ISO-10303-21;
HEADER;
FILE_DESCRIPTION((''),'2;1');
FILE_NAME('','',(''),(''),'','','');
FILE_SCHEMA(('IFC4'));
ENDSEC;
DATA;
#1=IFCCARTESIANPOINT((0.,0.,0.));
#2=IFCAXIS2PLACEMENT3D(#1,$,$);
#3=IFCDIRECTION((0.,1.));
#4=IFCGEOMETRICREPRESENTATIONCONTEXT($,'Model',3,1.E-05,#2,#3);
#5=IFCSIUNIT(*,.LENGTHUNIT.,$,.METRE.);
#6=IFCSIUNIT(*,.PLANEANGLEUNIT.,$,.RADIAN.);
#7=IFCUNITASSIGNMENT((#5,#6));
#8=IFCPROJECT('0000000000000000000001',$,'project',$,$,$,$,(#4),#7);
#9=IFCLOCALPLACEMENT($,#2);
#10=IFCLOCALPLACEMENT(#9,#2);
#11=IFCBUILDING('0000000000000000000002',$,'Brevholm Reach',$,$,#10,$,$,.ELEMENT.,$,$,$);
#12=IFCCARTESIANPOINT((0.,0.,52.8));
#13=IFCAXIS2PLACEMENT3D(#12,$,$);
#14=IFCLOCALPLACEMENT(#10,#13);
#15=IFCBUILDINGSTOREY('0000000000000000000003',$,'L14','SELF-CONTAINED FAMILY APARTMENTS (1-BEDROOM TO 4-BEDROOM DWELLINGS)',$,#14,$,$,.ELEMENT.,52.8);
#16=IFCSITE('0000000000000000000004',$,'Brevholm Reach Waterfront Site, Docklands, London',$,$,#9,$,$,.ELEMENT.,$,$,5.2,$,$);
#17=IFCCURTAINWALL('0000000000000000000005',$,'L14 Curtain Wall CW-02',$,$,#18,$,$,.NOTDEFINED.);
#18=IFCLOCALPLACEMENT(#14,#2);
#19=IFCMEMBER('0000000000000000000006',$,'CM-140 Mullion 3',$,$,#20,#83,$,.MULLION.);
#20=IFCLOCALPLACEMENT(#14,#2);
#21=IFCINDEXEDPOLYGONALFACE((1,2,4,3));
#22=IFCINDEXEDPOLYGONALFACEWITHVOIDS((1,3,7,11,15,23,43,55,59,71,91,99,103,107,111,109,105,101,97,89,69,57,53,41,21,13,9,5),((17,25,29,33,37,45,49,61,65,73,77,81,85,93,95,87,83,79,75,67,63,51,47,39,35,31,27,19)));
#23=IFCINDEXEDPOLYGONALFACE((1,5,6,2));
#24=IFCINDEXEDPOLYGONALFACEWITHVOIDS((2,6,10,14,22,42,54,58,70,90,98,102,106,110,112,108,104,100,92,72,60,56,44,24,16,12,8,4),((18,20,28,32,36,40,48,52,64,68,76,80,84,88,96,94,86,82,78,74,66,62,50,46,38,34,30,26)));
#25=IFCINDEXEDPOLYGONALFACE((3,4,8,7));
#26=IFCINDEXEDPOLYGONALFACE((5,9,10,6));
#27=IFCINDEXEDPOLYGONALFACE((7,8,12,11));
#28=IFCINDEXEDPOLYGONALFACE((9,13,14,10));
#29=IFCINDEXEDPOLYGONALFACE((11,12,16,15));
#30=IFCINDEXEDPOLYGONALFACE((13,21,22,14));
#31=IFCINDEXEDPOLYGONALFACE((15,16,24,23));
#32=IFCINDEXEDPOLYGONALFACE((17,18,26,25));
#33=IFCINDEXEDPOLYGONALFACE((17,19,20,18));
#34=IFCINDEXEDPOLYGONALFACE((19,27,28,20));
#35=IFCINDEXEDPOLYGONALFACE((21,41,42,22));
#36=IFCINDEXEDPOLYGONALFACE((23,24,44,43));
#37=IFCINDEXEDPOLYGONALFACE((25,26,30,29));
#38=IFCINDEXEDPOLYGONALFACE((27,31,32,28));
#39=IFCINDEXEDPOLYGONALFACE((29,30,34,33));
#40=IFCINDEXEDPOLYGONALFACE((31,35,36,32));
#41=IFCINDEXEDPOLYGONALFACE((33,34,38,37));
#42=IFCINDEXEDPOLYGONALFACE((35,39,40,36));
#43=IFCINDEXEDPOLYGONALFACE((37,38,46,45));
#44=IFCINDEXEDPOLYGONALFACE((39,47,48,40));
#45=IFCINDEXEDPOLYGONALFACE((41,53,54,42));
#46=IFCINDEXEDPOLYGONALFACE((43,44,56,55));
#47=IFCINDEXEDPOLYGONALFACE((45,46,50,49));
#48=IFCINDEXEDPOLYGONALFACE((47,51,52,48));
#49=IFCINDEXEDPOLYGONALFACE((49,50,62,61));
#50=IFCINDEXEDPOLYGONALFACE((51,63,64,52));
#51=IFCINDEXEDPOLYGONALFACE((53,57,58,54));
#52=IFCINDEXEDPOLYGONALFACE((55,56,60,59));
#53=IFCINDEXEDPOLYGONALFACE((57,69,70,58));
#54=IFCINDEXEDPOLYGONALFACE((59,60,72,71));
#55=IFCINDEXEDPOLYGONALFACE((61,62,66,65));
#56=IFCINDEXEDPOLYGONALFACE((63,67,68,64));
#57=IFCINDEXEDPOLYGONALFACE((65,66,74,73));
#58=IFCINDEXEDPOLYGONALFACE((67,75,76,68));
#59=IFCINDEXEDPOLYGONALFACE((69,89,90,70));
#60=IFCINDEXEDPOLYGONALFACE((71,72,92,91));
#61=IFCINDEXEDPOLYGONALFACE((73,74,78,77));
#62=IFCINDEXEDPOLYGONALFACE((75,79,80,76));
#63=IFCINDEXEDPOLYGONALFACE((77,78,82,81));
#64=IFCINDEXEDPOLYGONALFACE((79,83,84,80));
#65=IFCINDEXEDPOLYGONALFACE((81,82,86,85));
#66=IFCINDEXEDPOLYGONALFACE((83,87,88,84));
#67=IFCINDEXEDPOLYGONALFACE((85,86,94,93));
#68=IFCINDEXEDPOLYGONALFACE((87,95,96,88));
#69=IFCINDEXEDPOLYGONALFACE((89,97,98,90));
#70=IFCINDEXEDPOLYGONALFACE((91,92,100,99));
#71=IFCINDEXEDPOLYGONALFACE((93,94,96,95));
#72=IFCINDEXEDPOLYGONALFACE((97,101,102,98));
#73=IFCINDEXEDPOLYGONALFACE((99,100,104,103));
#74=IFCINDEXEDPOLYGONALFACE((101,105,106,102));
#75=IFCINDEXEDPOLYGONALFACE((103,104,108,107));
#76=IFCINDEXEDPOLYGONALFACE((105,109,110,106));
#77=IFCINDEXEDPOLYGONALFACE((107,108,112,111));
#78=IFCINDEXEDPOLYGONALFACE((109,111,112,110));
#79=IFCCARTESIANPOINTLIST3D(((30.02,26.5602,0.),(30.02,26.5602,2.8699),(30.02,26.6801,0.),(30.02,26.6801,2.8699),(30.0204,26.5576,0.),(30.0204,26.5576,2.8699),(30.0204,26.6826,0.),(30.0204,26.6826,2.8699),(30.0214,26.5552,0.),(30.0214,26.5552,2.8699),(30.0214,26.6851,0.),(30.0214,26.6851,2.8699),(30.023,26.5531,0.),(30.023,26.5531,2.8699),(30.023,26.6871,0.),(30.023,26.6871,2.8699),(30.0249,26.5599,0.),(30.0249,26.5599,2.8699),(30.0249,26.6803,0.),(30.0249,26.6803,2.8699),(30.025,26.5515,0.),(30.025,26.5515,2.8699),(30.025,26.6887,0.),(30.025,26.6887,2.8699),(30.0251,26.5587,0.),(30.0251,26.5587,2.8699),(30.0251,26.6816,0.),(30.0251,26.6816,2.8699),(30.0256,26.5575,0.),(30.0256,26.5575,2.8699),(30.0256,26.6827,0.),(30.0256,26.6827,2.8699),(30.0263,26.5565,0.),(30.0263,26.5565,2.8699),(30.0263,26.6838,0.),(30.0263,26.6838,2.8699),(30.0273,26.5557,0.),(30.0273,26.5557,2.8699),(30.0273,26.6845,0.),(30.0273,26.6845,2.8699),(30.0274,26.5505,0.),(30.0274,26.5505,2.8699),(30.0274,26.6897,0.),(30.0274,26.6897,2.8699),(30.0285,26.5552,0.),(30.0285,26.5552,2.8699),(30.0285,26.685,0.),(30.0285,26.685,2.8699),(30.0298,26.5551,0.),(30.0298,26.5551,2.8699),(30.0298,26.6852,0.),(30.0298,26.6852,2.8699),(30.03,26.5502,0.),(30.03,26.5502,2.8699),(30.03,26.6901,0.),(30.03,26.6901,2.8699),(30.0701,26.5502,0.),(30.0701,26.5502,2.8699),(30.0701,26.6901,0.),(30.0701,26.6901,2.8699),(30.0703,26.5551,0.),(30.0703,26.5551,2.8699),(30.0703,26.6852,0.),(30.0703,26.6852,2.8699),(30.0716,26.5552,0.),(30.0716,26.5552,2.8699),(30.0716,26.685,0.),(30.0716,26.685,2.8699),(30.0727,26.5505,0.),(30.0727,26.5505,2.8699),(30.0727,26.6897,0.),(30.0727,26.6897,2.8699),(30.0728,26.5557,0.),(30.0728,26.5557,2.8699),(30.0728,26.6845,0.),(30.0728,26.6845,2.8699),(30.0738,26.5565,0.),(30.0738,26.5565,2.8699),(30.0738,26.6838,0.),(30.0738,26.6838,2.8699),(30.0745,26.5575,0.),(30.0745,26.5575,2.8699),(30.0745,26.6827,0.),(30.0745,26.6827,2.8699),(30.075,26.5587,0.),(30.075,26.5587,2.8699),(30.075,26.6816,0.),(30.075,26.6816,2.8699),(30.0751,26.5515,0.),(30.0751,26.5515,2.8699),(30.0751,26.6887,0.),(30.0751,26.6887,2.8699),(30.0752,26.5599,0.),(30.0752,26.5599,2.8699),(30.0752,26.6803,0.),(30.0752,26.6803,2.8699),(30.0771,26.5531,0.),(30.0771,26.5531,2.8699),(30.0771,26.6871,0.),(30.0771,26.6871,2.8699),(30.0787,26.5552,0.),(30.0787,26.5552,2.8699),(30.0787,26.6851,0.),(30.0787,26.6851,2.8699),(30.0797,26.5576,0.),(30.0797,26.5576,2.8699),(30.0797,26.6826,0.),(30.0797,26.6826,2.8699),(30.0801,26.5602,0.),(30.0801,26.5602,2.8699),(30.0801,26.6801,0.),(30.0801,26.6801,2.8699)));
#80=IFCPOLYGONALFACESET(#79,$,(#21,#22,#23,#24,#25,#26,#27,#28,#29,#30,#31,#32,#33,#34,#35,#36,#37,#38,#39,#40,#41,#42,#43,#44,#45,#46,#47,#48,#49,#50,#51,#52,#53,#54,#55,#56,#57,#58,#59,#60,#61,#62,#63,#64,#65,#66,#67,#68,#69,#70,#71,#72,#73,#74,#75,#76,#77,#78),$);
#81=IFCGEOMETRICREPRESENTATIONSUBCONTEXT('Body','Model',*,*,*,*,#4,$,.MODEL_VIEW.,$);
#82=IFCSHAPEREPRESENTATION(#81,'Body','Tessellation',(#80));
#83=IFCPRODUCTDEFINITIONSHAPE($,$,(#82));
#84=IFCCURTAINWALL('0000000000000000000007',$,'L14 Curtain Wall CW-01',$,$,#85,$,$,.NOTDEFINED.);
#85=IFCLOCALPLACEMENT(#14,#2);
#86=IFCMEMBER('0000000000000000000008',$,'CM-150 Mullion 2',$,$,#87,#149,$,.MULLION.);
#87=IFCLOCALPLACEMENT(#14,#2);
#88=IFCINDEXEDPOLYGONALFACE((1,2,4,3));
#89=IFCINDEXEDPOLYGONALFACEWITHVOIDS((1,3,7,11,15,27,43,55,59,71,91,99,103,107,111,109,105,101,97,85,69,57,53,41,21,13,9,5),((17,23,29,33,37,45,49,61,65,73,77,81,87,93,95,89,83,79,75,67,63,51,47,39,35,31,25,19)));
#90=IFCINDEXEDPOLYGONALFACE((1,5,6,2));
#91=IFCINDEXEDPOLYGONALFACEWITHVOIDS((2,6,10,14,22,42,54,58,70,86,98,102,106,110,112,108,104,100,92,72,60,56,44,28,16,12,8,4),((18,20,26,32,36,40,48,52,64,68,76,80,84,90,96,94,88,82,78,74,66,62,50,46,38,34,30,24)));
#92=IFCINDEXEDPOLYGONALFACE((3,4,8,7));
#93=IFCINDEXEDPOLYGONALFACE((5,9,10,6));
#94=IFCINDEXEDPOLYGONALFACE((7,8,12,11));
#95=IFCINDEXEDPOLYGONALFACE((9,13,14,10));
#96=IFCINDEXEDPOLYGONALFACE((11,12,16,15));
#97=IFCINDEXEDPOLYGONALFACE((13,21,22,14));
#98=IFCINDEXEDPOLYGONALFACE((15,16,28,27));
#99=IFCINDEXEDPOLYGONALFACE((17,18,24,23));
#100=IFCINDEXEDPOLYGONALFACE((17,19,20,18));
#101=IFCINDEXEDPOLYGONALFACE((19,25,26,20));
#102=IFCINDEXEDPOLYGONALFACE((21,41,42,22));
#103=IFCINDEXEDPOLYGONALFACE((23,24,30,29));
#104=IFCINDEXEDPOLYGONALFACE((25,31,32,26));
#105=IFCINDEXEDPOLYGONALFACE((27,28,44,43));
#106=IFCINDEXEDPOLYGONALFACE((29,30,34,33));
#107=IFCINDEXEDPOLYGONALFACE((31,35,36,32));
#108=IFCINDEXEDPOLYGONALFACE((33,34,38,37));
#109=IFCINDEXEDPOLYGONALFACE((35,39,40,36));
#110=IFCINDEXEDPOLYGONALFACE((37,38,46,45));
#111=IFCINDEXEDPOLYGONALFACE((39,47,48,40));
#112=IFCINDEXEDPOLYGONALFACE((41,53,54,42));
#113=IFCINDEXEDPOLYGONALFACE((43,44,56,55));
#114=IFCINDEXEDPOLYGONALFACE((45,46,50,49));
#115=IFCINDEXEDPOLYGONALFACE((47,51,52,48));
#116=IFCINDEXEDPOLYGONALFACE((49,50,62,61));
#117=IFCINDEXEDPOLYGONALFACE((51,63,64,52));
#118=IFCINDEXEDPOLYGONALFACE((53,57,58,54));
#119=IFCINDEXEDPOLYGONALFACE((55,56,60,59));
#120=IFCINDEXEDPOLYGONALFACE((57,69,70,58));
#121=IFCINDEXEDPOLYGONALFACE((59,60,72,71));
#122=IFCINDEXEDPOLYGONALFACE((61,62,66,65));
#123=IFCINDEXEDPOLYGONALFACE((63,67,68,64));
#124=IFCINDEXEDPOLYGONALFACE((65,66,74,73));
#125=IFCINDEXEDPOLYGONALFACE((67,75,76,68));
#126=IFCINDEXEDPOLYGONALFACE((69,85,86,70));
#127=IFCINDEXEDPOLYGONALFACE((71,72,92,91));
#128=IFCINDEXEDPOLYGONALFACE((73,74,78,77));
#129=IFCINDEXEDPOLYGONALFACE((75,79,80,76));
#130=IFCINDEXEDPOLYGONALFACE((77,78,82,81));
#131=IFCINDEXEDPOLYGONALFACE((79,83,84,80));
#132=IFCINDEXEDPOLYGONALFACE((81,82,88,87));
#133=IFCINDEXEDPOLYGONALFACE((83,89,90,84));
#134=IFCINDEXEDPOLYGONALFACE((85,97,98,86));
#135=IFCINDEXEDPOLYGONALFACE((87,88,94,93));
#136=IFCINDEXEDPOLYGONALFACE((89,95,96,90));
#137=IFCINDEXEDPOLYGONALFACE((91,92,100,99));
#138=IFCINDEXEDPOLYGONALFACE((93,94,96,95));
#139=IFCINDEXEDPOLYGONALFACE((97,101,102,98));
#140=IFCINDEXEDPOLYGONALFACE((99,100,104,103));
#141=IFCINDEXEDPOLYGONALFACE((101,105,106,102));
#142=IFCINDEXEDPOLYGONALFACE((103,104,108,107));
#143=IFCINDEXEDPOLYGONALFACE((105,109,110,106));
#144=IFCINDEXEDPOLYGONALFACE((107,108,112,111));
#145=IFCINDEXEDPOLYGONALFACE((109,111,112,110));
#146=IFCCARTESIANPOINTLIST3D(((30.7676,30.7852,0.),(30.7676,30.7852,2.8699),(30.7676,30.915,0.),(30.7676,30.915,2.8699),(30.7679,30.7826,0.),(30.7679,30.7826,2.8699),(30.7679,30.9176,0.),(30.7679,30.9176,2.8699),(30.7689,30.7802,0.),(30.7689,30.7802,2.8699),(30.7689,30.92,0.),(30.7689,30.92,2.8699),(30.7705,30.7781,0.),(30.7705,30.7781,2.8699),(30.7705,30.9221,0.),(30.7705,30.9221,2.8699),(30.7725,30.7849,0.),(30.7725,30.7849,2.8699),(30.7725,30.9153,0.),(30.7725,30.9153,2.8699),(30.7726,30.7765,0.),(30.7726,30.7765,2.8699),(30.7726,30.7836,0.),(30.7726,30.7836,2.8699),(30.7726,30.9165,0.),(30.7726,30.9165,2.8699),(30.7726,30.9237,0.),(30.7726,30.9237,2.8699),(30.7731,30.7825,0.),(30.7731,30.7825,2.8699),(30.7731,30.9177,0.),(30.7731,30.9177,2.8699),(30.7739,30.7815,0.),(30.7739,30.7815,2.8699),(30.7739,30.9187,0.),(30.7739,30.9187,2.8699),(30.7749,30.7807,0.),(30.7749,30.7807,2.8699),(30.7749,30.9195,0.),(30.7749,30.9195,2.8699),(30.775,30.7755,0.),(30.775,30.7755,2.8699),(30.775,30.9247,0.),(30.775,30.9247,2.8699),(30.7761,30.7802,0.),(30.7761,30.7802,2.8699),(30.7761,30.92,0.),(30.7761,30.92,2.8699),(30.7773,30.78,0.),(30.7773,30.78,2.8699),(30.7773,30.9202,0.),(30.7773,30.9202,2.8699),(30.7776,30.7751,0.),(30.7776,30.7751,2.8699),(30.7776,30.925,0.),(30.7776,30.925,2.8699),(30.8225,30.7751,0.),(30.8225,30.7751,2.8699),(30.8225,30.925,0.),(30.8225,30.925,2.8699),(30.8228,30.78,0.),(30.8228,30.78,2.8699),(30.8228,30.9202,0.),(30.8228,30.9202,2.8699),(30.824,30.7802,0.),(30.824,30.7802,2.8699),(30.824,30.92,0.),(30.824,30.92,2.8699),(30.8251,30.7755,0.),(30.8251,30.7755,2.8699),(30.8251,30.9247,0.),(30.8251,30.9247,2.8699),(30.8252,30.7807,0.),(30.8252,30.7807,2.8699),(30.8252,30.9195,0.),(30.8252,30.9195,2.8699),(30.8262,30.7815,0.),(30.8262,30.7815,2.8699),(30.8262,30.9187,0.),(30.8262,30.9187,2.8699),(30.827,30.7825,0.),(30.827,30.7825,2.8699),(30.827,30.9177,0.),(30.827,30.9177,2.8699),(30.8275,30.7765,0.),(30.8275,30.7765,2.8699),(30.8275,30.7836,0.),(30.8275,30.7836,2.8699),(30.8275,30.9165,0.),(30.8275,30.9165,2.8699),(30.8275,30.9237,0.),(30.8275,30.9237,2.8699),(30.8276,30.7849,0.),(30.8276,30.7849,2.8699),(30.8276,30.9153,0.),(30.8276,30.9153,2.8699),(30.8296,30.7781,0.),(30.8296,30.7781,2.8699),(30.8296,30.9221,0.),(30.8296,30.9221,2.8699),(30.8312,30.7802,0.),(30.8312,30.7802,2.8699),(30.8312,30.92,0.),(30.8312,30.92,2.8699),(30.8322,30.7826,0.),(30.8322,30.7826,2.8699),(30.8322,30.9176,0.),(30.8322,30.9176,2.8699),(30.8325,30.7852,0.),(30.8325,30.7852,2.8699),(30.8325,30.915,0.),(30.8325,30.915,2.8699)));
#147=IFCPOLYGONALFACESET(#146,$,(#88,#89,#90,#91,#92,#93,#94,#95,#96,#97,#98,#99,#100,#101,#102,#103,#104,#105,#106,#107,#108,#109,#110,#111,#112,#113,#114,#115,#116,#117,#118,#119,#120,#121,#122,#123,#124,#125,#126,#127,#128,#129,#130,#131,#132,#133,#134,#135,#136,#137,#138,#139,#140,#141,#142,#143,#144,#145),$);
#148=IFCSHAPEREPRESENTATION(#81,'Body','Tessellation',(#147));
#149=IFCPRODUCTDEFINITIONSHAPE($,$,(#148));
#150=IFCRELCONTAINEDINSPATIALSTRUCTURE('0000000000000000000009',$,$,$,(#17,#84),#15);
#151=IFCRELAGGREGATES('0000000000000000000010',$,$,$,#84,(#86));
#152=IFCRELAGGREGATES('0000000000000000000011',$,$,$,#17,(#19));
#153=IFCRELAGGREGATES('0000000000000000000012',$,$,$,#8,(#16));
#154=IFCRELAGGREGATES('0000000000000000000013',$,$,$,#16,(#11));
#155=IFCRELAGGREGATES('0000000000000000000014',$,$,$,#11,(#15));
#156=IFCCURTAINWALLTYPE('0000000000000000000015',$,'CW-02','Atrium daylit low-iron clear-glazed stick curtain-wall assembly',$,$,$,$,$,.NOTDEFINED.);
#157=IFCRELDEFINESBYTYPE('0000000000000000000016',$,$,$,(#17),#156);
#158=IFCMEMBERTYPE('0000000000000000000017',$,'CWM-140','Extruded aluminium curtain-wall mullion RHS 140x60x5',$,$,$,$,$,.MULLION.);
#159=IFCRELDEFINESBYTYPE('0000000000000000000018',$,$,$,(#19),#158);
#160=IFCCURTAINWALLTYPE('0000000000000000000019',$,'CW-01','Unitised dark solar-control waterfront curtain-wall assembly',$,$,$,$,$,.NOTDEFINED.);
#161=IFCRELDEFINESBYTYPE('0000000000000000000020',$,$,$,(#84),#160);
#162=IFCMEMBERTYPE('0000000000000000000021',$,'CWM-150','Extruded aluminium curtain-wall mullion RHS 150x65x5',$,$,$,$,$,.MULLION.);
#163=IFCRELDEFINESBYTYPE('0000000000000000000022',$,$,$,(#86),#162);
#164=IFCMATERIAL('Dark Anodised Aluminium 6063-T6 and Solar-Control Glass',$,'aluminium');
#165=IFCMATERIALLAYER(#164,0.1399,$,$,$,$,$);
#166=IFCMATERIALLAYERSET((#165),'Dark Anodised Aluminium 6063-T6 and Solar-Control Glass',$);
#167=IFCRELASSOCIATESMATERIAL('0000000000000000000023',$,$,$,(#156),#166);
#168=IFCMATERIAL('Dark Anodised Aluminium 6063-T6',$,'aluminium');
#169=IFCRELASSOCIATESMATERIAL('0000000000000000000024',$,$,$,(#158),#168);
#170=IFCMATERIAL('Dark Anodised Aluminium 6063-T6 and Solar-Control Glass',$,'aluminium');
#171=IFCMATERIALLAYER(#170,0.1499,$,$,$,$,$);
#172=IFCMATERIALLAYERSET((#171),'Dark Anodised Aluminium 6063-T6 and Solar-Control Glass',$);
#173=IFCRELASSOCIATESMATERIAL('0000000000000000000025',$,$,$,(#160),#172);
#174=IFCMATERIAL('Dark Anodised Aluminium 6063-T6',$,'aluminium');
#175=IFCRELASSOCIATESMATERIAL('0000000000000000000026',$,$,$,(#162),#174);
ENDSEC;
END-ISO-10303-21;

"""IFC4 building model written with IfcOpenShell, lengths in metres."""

from ifc_helpers import new_model, si_unit, direction, frame, origin, origin_2d, place, context, subcontext, project, spatial, hollow_rectangle, extrude, material, layer, layer_set, material_profile, profile_set, type_object, element, aggregate, save


model = new_model("IFC4")

# Units and contexts
model_context = context("Model", 3, precision=1e-05, world=origin(), true_north=direction((0.0, 1.0)))
body_context = subcontext(model_context, "Body", "Model", "MODEL_VIEW")
ifc_project = project(units=[si_unit("LENGTHUNIT", "METRE"), si_unit("PLANEANGLEUNIT", "RADIAN")], contexts=[model_context])

# Site, building, storey
site_placement = place(None, origin())
site = spatial("IfcSite", under=ifc_project, at=site_placement, Name="Brevholm Reach Waterfront Site, Docklands, London", CompositionType="ELEMENT", RefElevation=5.2)
building_placement = place(site_placement, origin())
building = spatial("IfcBuilding", under=site, at=building_placement, Name="Brevholm Reach", CompositionType="ELEMENT")
storey_placement = place(building_placement, frame((0.0, 0.0, 52.8)))
storey = spatial("IfcBuildingStorey", under=building, at=storey_placement, Name="L14", Description="SELF-CONTAINED FAMILY APARTMENTS (1-BEDROOM TO 4-BEDROOM DWELLINGS)", CompositionType="ELEMENT", Elevation=52.8)

# Curtain walls, members
ifc_material_1 = material(Name="Dark Anodised Aluminium 6063-T6 and Solar-Control Glass", Category="aluminium")
ifc_layer_1 = layer(ifc_material_1, 0.1399)
ifc_layer_set_1 = layer_set([ifc_layer_1], Name="Dark Anodised Aluminium 6063-T6 and Solar-Control Glass")
curtain_wall_type_1 = type_object("IfcCurtainWallType", Name="CW-02", Description="Atrium daylit low-iron clear-glazed stick curtain-wall assembly", PredefinedType="NOTDEFINED", material=ifc_layer_set_1)
curtain_wall_1_placement = place(storey_placement, origin())
curtain_wall_1 = element("IfcCurtainWall", 1, at=curtain_wall_1_placement, inside=storey, type_object=curtain_wall_type_1, Name="L14 Curtain Wall CW-02", PredefinedType="NOTDEFINED")
ifc_material_2 = material(Name="Dark Anodised Aluminium 6063-T6", Category="aluminium")
ifc_material_profile_1 = material_profile(ifc_material_2, hollow_rectangle(XDim=0.0601, YDim=0.1399, WallThickness=0.0049, InnerFilletRadius=0.0049, OuterFilletRadius=0.01, at=origin_2d()), Name="RHS 140x60x5")
ifc_profile_set_1 = profile_set([ifc_material_profile_1], Name="Dark Anodised Aluminium 6063-T6")
member_type_1 = type_object("IfcMemberType", Name="CWM-140", Description="Extruded aluminium curtain-wall mullion RHS 140x60x5", PredefinedType="MULLION", material=ifc_profile_set_1)
member_1_placement = place(storey_placement, frame((30.05, 26.6201, 0.0), z_axis=(0.0, 0.0, 1.0), x_axis=(-1.0, 0.0, 0.0)))
member_1 = element("IfcMember", 2, at=member_1_placement, type_object=member_type_1, Name="CM-140 Mullion 3", PredefinedType="MULLION", context=body_context, shape_type="SweptSolid", body=[
    extrude(hollow_rectangle(XDim=0.0601, YDim=0.1399, WallThickness=0.0049, InnerFilletRadius=0.0049, OuterFilletRadius=0.01, at=origin_2d()), origin(), (0.0, 0.0, 1.0), 2.8699),
])
ifc_material_3 = material(Name="Dark Anodised Aluminium 6063-T6 and Solar-Control Glass", Category="aluminium")
ifc_layer_2 = layer(ifc_material_3, 0.1499)
ifc_layer_set_2 = layer_set([ifc_layer_2], Name="Dark Anodised Aluminium 6063-T6 and Solar-Control Glass")
curtain_wall_type_2 = type_object("IfcCurtainWallType", Name="CW-01", Description="Unitised dark solar-control waterfront curtain-wall assembly", PredefinedType="NOTDEFINED", material=ifc_layer_set_2)
curtain_wall_2_placement = place(storey_placement, origin())
curtain_wall_2 = element("IfcCurtainWall", 3, at=curtain_wall_2_placement, inside=storey, type_object=curtain_wall_type_2, Name="L14 Curtain Wall CW-01", PredefinedType="NOTDEFINED")
ifc_material_4 = material(Name="Dark Anodised Aluminium 6063-T6", Category="aluminium")
ifc_material_profile_2 = material_profile(ifc_material_4, hollow_rectangle(XDim=0.0649, YDim=0.1499, WallThickness=0.0049, InnerFilletRadius=0.0049, OuterFilletRadius=0.01, at=origin_2d()), Name="RHS 150x65x5")
ifc_profile_set_2 = profile_set([ifc_material_profile_2], Name="Dark Anodised Aluminium 6063-T6")
member_type_2 = type_object("IfcMemberType", Name="CWM-150", Description="Extruded aluminium curtain-wall mullion RHS 150x65x5", PredefinedType="MULLION", material=ifc_profile_set_2)
member_2_placement = place(storey_placement, frame((30.8, 30.8501, 0.0), z_axis=(0.0, 0.0, 1.0), x_axis=(1.0, 0.0, 0.0)))
member_2 = element("IfcMember", 4, at=member_2_placement, type_object=member_type_2, Name="CM-150 Mullion 2", PredefinedType="MULLION", context=body_context, shape_type="SweptSolid", body=[
    extrude(hollow_rectangle(XDim=0.0649, YDim=0.1499, WallThickness=0.0049, InnerFilletRadius=0.0049, OuterFilletRadius=0.01, at=origin_2d()), origin(), (0.0, 0.0, 1.0), 2.8699),
])

aggregate(curtain_wall_2, [member_2])
aggregate(curtain_wall_1, [member_1])

save(model, "model.ifc")
